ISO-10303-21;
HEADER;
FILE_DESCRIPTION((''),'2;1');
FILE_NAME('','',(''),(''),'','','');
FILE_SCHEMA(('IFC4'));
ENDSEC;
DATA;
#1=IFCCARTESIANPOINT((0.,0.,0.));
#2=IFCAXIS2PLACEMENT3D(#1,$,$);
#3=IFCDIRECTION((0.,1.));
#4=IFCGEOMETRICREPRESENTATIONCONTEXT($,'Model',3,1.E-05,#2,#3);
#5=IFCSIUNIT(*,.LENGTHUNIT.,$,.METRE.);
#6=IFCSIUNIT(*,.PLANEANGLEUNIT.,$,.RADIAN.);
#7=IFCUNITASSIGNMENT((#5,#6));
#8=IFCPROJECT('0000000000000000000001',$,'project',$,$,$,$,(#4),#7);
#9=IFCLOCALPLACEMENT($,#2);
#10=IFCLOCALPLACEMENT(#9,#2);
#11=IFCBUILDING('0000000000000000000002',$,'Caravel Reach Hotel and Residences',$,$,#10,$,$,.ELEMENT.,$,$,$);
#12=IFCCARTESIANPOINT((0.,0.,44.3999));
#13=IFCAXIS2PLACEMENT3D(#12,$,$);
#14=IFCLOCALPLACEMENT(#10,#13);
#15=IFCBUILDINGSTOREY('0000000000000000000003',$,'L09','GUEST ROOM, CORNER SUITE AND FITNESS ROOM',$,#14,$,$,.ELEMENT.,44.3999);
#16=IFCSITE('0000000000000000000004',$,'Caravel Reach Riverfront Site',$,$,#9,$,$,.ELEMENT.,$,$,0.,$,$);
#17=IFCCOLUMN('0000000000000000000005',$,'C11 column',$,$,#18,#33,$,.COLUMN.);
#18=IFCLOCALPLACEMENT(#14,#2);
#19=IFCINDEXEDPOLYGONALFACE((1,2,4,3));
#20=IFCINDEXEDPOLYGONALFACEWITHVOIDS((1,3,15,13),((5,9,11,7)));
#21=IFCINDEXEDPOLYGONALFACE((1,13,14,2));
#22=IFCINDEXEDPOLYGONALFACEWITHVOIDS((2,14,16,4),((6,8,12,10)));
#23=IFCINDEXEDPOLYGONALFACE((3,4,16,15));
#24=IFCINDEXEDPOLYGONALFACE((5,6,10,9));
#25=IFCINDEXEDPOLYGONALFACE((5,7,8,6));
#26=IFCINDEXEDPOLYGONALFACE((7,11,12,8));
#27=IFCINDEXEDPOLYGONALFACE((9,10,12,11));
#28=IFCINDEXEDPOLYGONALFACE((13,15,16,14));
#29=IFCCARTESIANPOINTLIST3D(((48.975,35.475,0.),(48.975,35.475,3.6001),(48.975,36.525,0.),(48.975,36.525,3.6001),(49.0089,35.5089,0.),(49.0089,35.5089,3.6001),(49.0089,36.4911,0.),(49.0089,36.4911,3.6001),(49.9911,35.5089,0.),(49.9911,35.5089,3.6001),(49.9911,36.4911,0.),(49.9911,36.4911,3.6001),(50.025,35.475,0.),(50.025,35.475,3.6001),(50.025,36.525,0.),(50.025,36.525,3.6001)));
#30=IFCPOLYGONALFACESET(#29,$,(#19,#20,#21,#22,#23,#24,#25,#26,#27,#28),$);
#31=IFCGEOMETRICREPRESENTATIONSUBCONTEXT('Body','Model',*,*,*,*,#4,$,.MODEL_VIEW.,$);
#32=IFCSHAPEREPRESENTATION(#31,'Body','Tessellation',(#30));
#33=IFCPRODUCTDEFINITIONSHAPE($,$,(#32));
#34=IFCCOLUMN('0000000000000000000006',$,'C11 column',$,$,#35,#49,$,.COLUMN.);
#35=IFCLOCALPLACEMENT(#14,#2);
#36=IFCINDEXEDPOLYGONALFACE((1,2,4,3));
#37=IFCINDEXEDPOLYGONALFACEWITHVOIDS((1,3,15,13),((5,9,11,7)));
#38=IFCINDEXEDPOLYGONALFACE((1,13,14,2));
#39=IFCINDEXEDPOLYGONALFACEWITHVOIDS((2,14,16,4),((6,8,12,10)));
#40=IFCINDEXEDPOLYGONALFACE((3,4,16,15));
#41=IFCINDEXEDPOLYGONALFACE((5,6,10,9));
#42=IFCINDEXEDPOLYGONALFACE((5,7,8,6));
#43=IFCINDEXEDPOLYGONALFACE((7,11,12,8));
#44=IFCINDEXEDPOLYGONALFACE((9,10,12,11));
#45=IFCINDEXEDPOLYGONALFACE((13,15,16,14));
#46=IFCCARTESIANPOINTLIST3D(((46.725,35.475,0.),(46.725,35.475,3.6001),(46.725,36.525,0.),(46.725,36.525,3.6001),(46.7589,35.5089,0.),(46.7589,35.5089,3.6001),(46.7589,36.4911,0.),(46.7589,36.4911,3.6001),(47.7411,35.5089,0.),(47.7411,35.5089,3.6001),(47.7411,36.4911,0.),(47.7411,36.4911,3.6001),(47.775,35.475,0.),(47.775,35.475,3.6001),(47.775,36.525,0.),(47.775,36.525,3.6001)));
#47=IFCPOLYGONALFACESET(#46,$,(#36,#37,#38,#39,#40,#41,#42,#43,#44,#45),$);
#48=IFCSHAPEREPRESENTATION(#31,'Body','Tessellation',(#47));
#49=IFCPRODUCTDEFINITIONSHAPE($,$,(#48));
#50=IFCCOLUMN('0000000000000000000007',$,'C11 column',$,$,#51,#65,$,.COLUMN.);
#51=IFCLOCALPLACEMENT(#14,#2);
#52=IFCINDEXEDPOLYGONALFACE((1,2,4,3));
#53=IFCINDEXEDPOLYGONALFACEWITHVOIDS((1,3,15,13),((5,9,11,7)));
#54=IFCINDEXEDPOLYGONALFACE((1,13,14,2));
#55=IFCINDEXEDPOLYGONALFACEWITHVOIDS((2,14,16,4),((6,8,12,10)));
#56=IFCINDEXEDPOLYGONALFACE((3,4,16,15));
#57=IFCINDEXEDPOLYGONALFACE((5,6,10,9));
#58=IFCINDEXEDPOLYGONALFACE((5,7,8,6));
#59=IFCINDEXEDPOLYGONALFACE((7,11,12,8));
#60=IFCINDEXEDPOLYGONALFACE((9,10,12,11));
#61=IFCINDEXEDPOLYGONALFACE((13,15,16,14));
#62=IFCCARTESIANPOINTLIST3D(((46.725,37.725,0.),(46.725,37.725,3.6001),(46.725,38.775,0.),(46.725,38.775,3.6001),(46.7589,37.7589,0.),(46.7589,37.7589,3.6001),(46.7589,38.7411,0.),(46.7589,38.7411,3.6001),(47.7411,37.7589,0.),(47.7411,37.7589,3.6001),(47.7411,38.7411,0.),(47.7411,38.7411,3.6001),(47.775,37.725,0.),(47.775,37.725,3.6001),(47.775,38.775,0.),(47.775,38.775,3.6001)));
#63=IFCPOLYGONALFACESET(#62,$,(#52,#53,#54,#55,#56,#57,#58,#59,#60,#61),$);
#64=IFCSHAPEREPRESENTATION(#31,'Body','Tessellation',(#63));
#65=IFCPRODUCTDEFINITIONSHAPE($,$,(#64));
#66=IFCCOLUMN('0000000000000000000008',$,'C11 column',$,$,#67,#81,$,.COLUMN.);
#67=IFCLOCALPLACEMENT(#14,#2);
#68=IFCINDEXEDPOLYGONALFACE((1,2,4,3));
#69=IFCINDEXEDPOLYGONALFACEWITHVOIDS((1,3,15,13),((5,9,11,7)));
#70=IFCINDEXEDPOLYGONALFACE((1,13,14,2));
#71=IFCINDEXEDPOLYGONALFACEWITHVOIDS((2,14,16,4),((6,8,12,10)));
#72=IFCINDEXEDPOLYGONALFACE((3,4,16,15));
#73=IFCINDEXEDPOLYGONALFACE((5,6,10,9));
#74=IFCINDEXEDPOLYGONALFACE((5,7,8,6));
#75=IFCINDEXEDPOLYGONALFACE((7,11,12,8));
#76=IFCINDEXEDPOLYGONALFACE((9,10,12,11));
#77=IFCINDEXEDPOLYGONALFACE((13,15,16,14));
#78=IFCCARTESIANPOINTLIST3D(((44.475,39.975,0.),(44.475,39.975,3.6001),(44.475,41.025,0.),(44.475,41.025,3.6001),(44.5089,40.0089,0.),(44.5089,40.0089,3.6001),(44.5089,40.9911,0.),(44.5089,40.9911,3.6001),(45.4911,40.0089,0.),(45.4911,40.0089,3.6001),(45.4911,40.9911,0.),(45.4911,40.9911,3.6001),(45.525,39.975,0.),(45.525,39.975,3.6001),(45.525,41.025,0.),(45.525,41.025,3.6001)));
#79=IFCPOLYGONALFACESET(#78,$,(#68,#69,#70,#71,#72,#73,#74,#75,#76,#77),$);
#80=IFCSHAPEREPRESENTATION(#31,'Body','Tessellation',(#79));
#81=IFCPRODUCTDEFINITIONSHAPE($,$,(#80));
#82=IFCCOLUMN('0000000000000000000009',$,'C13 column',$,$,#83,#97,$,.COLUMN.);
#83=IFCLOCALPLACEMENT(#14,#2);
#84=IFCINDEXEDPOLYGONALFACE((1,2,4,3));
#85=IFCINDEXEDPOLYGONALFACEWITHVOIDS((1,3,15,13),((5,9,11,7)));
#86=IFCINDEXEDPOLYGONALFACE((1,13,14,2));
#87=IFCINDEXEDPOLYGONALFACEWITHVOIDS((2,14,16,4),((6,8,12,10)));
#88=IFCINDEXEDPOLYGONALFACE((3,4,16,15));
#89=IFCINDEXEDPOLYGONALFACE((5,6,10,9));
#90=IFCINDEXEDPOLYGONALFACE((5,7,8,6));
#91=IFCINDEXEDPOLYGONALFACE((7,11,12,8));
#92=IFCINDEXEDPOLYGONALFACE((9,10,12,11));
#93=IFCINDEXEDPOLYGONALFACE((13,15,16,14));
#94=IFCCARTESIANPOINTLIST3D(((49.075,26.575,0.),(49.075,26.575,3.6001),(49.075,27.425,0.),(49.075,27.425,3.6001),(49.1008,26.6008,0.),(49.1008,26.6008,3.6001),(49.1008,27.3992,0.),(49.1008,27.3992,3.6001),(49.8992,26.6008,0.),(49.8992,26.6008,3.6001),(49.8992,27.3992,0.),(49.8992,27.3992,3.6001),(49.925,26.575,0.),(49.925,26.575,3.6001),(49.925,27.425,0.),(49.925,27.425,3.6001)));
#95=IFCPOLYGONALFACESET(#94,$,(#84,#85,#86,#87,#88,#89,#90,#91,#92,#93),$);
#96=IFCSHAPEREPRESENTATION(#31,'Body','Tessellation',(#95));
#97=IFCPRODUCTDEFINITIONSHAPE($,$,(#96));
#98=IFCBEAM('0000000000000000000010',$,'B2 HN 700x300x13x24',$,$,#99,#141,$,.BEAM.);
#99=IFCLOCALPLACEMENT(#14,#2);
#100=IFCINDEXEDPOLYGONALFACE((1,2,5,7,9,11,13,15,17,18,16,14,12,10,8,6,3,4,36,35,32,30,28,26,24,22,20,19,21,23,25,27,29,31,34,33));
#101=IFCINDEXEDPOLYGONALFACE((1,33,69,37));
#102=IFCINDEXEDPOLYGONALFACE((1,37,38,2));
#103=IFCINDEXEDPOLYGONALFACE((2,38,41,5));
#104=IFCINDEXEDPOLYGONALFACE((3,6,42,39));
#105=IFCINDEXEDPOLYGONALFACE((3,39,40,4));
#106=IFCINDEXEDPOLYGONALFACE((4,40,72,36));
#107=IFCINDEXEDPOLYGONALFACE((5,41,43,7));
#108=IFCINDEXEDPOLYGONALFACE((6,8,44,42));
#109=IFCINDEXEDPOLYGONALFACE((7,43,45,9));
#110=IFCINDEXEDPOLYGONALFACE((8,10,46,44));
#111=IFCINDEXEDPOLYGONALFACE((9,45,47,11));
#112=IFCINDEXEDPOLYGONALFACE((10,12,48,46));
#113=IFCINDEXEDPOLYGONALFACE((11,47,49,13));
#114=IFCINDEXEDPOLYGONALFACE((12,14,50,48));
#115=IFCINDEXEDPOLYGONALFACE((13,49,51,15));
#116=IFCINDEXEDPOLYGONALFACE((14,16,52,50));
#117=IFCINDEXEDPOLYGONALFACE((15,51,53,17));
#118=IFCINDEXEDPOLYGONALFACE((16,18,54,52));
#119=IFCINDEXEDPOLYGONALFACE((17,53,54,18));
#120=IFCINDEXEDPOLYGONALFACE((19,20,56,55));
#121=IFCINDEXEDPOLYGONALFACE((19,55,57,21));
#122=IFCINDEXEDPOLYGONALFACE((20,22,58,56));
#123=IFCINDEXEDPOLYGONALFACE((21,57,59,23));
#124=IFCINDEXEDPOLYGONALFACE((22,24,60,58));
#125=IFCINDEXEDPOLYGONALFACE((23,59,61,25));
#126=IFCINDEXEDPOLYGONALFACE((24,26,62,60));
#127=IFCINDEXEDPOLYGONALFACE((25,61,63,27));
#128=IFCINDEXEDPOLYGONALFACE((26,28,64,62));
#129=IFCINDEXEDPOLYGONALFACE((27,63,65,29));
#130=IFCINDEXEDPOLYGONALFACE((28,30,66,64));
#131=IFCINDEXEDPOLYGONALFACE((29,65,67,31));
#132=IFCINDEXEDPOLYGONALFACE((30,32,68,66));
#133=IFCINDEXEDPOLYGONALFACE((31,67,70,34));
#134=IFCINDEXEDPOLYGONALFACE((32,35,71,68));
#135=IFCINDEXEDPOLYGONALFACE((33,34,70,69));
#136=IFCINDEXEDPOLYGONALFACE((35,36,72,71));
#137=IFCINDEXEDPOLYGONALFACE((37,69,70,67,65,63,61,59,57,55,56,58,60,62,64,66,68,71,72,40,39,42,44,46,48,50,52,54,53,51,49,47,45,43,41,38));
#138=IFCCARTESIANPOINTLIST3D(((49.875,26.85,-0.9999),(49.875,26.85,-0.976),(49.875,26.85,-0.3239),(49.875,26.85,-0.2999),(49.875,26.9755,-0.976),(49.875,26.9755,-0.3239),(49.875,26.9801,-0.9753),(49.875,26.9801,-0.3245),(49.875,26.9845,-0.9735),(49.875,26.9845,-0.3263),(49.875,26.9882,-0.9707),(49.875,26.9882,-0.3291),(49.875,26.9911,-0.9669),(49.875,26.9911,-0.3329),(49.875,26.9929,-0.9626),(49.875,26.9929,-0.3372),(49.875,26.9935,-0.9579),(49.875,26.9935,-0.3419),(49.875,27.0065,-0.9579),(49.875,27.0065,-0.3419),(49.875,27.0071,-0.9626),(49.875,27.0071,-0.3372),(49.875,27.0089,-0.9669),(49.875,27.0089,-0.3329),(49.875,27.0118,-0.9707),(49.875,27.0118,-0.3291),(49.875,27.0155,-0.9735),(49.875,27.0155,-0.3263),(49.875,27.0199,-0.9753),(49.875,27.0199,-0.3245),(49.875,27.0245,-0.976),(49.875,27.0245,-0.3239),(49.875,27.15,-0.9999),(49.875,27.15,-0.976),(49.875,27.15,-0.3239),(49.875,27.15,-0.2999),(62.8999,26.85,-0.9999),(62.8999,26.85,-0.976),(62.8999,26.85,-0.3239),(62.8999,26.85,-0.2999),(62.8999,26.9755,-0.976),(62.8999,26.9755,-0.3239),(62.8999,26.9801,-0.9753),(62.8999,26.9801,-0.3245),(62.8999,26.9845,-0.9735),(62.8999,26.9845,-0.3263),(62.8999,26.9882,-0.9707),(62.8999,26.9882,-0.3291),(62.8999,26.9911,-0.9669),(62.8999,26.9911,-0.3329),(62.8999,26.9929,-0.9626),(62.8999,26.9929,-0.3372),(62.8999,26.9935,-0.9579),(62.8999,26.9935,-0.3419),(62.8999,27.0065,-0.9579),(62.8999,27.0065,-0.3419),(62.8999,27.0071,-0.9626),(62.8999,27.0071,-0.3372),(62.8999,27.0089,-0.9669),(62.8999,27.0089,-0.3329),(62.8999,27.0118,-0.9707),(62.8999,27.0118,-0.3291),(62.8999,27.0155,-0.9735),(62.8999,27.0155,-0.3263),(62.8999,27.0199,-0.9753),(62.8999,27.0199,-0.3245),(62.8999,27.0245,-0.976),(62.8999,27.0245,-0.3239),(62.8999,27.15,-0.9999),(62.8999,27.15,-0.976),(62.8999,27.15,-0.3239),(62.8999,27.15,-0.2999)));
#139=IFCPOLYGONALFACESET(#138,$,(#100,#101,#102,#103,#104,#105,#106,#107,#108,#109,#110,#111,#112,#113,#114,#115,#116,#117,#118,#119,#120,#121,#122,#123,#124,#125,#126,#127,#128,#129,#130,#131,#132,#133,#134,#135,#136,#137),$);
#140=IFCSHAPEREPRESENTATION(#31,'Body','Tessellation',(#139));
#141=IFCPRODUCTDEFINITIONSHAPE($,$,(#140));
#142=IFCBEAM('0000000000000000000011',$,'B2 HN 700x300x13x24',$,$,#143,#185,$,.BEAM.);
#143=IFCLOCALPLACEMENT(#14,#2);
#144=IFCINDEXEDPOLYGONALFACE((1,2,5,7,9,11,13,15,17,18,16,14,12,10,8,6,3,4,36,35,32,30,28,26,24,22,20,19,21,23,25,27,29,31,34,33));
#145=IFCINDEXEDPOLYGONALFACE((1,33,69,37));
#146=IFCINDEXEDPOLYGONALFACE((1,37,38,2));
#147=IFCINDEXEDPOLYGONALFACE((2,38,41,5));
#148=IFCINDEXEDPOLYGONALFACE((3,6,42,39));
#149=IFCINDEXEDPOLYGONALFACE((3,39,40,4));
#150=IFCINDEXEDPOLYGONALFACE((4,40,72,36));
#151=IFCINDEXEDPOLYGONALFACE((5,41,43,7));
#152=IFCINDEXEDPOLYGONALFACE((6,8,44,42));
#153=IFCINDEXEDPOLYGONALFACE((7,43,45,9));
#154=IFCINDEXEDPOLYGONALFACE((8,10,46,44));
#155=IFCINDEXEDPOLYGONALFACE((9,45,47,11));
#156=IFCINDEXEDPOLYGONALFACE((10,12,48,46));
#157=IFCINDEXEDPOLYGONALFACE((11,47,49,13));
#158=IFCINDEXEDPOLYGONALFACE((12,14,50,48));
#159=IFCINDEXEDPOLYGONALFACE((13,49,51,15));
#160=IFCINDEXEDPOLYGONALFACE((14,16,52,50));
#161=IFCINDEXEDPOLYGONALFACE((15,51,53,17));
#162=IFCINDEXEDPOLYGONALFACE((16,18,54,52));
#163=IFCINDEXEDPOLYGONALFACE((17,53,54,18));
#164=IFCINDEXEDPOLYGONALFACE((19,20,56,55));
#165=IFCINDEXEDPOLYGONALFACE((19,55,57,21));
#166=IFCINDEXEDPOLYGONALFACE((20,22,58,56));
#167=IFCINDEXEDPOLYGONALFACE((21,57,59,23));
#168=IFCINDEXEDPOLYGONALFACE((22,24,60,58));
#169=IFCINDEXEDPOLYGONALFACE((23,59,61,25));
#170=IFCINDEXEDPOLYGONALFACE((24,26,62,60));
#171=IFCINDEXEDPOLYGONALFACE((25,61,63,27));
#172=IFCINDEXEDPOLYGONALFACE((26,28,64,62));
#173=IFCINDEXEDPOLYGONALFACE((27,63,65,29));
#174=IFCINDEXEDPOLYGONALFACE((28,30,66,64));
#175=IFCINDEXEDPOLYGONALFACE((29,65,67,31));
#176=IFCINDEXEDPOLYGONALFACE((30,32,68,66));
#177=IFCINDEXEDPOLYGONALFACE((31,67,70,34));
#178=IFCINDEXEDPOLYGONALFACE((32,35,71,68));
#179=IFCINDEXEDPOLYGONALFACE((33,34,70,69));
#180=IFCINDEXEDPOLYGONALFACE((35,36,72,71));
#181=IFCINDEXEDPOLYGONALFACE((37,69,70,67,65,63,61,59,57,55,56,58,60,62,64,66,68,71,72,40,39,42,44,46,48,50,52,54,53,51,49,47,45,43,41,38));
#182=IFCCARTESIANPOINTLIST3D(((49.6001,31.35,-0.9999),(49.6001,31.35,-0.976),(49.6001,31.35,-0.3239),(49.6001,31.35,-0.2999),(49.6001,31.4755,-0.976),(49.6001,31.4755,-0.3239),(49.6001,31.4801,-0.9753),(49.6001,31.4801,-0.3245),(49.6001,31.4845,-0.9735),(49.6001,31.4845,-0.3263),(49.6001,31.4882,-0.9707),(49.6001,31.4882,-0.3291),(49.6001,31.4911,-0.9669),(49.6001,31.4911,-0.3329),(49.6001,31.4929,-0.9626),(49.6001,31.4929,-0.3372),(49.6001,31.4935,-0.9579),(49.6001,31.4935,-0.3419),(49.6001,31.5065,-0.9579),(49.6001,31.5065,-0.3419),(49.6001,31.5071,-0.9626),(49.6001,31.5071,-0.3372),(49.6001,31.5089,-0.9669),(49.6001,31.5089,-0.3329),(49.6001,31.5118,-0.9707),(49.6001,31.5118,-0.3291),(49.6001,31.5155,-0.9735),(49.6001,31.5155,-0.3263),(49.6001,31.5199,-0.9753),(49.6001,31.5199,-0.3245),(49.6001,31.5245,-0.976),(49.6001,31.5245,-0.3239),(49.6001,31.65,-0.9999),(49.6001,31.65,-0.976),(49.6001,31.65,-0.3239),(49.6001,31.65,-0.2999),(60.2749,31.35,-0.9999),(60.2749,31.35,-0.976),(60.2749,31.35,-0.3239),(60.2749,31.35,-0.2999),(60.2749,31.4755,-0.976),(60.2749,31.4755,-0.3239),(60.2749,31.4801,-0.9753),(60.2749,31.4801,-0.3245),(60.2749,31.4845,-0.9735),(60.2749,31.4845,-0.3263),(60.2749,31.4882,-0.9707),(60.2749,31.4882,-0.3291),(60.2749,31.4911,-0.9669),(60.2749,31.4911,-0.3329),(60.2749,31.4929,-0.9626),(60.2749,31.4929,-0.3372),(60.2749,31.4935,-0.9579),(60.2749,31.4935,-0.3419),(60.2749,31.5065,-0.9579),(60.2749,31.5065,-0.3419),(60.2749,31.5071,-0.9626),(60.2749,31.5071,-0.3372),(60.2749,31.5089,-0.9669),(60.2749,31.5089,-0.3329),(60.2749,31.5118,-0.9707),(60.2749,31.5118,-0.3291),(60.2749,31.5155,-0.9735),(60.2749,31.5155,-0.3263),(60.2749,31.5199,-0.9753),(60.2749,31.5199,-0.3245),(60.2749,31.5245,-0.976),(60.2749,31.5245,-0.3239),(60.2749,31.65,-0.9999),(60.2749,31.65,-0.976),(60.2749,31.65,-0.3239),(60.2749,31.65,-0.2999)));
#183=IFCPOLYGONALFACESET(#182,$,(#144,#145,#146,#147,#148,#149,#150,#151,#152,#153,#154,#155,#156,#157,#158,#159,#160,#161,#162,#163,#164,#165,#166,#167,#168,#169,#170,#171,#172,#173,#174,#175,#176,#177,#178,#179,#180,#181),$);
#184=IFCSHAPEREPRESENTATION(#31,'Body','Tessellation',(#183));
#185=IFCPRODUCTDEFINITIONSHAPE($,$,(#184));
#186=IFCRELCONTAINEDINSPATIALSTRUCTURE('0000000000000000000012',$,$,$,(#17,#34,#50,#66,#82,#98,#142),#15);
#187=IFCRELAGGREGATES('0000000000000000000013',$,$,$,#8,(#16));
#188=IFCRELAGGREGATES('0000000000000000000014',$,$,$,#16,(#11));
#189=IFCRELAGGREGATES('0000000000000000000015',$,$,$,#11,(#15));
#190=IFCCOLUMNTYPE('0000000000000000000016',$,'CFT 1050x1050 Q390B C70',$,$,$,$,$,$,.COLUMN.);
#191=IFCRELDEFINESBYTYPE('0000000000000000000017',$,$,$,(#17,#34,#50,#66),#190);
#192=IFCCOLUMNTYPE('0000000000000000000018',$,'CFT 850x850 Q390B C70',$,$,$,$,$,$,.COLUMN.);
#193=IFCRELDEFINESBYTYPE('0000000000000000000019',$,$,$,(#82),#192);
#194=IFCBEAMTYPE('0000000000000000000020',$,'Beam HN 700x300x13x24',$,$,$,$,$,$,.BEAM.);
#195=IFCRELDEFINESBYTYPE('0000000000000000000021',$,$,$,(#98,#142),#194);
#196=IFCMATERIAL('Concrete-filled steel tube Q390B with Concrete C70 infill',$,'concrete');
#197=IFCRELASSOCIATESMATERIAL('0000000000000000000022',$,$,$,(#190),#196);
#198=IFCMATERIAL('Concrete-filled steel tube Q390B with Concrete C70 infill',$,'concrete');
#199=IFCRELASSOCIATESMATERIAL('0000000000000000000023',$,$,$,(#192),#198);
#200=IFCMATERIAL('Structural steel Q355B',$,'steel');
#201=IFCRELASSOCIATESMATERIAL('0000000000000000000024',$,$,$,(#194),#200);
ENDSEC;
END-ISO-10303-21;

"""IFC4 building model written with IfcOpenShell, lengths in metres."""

from ifc_helpers import new_model, si_unit, direction, frame, origin, origin_2d, place, context, subcontext, project, spatial, hollow_rectangle, i_section, extrude, material, material_profile, profile_set, type_object, element, save


model = new_model("IFC4")

# Units and contexts
model_context = context("Model", 3, precision=1e-05, world=origin(), true_north=direction((0.0, 1.0)))
body_context = subcontext(model_context, "Body", "Model", "MODEL_VIEW")
ifc_project = project(units=[si_unit("LENGTHUNIT", "METRE"), si_unit("PLANEANGLEUNIT", "RADIAN")], contexts=[model_context])

# Site, building, storey
site_placement = place(None, origin())
site = spatial("IfcSite", under=ifc_project, at=site_placement, Name="Caravel Reach Riverfront Site", CompositionType="ELEMENT", RefElevation=0.0)
building_placement = place(site_placement, origin())
building = spatial("IfcBuilding", under=site, at=building_placement, Name="Caravel Reach Hotel and Residences", CompositionType="ELEMENT")
storey_placement = place(building_placement, frame((0.0, 0.0, 44.3999)))
storey = spatial("IfcBuildingStorey", under=building, at=storey_placement, Name="L09", Description="GUEST ROOM, CORNER SUITE AND FITNESS ROOM", CompositionType="ELEMENT", Elevation=44.3999)

# Columns
ifc_material_1 = material(Name="Concrete-filled steel tube Q390B with Concrete C70 infill", Category="concrete")
ifc_material_profile_1 = material_profile(ifc_material_1, hollow_rectangle(XDim=1.05, YDim=1.05, WallThickness=0.0339, at=origin_2d()), Name="RHS 1050x1050x34")
ifc_profile_set_1 = profile_set([ifc_material_profile_1], Name="Concrete-filled steel tube Q390B with Concrete C70 infill")
column_type_1 = type_object("IfcColumnType", Name="CFT 1050x1050 Q390B C70", PredefinedType="COLUMN", material=ifc_profile_set_1)
for number, where, z_axis, x_axis, name in (
    (1, (49.5, 36.0, 0.0), (0.0, 0.0, 1.0), (1.0, 0.0, 0.0), "C11 column"),
    (2, (47.25, 36.0, 0.0), (0.0, 0.0, 1.0), (1.0, 0.0, 0.0), "C11 column"),
    (3, (47.25, 38.25, 0.0), (0.0, 0.0, 1.0), (1.0, 0.0, 0.0), "C11 column"),
    (4, (45.0, 40.5, 0.0), (0.0, 0.0, 1.0), (1.0, 0.0, 0.0), "C11 column"),
):
    element("IfcColumn", number, at=place(storey_placement, frame(where, z_axis=z_axis, x_axis=x_axis)), inside=storey, type_object=column_type_1, Name=name, PredefinedType="COLUMN", context=body_context, shape_type="SweptSolid", body=[
        extrude(hollow_rectangle(XDim=1.05, YDim=1.05, WallThickness=0.0339, at=origin_2d()), origin(), (0.0, 0.0, 1.0), 3.6001),
    ])
ifc_material_2 = material(Name="Concrete-filled steel tube Q390B with Concrete C70 infill", Category="concrete")
ifc_material_profile_2 = material_profile(ifc_material_2, hollow_rectangle(XDim=0.8501, YDim=0.8501, WallThickness=0.0259, at=origin_2d()), Name="RHS 850x850x26")
ifc_profile_set_2 = profile_set([ifc_material_profile_2], Name="Concrete-filled steel tube Q390B with Concrete C70 infill")
column_type_2 = type_object("IfcColumnType", Name="CFT 850x850 Q390B C70", PredefinedType="COLUMN", material=ifc_profile_set_2)
column_placement = place(storey_placement, frame((49.5, 27.0, 0.0), z_axis=(0.0, 0.0, 1.0), x_axis=(1.0, 0.0, 0.0)))
element("IfcColumn", 5, at=column_placement, inside=storey, type_object=column_type_2, Name="C13 column", PredefinedType="COLUMN", context=body_context, shape_type="SweptSolid", body=[
    extrude(hollow_rectangle(XDim=0.8501, YDim=0.8501, WallThickness=0.0259, at=origin_2d()), origin(), (0.0, 0.0, 1.0), 3.6001),
])

# Beams
ifc_material_3 = material(Name="Structural steel Q355B", Category="steel")
ifc_material_profile_3 = material_profile(ifc_material_3, i_section(OverallWidth=0.3, OverallDepth=0.7, WebThickness=0.0129, FlangeThickness=0.0239, FilletRadius=0.0181, at=origin_2d()), Name="HN 700x300x13x24")
ifc_profile_set_3 = profile_set([ifc_material_profile_3], Name="Structural steel Q355B")
beam_type_1 = type_object("IfcBeamType", Name="Beam HN 700x300x13x24", PredefinedType="BEAM", material=ifc_profile_set_3)
beam_1_placement = place(storey_placement, frame((49.875, 27.0, -0.6499), z_axis=(1.0, 0.0, 0.0), x_axis=(0.0, 1.0, 0.0)))
element("IfcBeam", 6, at=beam_1_placement, inside=storey, type_object=beam_type_1, Name="B2 HN 700x300x13x24", PredefinedType="BEAM", context=body_context, shape_type="SweptSolid", body=[
    extrude(i_section(OverallWidth=0.3, OverallDepth=0.7, WebThickness=0.0129, FlangeThickness=0.0239, FilletRadius=0.0181, at=origin_2d()), origin(), (0.0, 0.0, 1.0), 13.0249),
])
beam_2_placement = place(storey_placement, frame((49.6001, 31.5, -0.6499), z_axis=(1.0, 0.0, 0.0), x_axis=(0.0, 1.0, 0.0)))
element("IfcBeam", 7, at=beam_2_placement, inside=storey, type_object=beam_type_1, Name="B2 HN 700x300x13x24", PredefinedType="BEAM", context=body_context, shape_type="SweptSolid", body=[
    extrude(i_section(OverallWidth=0.3, OverallDepth=0.7, WebThickness=0.0129, FlangeThickness=0.0239, FilletRadius=0.0181, at=origin_2d()), origin(), (0.0, 0.0, 1.0), 10.6748),
])

save(model, "model.ifc")
